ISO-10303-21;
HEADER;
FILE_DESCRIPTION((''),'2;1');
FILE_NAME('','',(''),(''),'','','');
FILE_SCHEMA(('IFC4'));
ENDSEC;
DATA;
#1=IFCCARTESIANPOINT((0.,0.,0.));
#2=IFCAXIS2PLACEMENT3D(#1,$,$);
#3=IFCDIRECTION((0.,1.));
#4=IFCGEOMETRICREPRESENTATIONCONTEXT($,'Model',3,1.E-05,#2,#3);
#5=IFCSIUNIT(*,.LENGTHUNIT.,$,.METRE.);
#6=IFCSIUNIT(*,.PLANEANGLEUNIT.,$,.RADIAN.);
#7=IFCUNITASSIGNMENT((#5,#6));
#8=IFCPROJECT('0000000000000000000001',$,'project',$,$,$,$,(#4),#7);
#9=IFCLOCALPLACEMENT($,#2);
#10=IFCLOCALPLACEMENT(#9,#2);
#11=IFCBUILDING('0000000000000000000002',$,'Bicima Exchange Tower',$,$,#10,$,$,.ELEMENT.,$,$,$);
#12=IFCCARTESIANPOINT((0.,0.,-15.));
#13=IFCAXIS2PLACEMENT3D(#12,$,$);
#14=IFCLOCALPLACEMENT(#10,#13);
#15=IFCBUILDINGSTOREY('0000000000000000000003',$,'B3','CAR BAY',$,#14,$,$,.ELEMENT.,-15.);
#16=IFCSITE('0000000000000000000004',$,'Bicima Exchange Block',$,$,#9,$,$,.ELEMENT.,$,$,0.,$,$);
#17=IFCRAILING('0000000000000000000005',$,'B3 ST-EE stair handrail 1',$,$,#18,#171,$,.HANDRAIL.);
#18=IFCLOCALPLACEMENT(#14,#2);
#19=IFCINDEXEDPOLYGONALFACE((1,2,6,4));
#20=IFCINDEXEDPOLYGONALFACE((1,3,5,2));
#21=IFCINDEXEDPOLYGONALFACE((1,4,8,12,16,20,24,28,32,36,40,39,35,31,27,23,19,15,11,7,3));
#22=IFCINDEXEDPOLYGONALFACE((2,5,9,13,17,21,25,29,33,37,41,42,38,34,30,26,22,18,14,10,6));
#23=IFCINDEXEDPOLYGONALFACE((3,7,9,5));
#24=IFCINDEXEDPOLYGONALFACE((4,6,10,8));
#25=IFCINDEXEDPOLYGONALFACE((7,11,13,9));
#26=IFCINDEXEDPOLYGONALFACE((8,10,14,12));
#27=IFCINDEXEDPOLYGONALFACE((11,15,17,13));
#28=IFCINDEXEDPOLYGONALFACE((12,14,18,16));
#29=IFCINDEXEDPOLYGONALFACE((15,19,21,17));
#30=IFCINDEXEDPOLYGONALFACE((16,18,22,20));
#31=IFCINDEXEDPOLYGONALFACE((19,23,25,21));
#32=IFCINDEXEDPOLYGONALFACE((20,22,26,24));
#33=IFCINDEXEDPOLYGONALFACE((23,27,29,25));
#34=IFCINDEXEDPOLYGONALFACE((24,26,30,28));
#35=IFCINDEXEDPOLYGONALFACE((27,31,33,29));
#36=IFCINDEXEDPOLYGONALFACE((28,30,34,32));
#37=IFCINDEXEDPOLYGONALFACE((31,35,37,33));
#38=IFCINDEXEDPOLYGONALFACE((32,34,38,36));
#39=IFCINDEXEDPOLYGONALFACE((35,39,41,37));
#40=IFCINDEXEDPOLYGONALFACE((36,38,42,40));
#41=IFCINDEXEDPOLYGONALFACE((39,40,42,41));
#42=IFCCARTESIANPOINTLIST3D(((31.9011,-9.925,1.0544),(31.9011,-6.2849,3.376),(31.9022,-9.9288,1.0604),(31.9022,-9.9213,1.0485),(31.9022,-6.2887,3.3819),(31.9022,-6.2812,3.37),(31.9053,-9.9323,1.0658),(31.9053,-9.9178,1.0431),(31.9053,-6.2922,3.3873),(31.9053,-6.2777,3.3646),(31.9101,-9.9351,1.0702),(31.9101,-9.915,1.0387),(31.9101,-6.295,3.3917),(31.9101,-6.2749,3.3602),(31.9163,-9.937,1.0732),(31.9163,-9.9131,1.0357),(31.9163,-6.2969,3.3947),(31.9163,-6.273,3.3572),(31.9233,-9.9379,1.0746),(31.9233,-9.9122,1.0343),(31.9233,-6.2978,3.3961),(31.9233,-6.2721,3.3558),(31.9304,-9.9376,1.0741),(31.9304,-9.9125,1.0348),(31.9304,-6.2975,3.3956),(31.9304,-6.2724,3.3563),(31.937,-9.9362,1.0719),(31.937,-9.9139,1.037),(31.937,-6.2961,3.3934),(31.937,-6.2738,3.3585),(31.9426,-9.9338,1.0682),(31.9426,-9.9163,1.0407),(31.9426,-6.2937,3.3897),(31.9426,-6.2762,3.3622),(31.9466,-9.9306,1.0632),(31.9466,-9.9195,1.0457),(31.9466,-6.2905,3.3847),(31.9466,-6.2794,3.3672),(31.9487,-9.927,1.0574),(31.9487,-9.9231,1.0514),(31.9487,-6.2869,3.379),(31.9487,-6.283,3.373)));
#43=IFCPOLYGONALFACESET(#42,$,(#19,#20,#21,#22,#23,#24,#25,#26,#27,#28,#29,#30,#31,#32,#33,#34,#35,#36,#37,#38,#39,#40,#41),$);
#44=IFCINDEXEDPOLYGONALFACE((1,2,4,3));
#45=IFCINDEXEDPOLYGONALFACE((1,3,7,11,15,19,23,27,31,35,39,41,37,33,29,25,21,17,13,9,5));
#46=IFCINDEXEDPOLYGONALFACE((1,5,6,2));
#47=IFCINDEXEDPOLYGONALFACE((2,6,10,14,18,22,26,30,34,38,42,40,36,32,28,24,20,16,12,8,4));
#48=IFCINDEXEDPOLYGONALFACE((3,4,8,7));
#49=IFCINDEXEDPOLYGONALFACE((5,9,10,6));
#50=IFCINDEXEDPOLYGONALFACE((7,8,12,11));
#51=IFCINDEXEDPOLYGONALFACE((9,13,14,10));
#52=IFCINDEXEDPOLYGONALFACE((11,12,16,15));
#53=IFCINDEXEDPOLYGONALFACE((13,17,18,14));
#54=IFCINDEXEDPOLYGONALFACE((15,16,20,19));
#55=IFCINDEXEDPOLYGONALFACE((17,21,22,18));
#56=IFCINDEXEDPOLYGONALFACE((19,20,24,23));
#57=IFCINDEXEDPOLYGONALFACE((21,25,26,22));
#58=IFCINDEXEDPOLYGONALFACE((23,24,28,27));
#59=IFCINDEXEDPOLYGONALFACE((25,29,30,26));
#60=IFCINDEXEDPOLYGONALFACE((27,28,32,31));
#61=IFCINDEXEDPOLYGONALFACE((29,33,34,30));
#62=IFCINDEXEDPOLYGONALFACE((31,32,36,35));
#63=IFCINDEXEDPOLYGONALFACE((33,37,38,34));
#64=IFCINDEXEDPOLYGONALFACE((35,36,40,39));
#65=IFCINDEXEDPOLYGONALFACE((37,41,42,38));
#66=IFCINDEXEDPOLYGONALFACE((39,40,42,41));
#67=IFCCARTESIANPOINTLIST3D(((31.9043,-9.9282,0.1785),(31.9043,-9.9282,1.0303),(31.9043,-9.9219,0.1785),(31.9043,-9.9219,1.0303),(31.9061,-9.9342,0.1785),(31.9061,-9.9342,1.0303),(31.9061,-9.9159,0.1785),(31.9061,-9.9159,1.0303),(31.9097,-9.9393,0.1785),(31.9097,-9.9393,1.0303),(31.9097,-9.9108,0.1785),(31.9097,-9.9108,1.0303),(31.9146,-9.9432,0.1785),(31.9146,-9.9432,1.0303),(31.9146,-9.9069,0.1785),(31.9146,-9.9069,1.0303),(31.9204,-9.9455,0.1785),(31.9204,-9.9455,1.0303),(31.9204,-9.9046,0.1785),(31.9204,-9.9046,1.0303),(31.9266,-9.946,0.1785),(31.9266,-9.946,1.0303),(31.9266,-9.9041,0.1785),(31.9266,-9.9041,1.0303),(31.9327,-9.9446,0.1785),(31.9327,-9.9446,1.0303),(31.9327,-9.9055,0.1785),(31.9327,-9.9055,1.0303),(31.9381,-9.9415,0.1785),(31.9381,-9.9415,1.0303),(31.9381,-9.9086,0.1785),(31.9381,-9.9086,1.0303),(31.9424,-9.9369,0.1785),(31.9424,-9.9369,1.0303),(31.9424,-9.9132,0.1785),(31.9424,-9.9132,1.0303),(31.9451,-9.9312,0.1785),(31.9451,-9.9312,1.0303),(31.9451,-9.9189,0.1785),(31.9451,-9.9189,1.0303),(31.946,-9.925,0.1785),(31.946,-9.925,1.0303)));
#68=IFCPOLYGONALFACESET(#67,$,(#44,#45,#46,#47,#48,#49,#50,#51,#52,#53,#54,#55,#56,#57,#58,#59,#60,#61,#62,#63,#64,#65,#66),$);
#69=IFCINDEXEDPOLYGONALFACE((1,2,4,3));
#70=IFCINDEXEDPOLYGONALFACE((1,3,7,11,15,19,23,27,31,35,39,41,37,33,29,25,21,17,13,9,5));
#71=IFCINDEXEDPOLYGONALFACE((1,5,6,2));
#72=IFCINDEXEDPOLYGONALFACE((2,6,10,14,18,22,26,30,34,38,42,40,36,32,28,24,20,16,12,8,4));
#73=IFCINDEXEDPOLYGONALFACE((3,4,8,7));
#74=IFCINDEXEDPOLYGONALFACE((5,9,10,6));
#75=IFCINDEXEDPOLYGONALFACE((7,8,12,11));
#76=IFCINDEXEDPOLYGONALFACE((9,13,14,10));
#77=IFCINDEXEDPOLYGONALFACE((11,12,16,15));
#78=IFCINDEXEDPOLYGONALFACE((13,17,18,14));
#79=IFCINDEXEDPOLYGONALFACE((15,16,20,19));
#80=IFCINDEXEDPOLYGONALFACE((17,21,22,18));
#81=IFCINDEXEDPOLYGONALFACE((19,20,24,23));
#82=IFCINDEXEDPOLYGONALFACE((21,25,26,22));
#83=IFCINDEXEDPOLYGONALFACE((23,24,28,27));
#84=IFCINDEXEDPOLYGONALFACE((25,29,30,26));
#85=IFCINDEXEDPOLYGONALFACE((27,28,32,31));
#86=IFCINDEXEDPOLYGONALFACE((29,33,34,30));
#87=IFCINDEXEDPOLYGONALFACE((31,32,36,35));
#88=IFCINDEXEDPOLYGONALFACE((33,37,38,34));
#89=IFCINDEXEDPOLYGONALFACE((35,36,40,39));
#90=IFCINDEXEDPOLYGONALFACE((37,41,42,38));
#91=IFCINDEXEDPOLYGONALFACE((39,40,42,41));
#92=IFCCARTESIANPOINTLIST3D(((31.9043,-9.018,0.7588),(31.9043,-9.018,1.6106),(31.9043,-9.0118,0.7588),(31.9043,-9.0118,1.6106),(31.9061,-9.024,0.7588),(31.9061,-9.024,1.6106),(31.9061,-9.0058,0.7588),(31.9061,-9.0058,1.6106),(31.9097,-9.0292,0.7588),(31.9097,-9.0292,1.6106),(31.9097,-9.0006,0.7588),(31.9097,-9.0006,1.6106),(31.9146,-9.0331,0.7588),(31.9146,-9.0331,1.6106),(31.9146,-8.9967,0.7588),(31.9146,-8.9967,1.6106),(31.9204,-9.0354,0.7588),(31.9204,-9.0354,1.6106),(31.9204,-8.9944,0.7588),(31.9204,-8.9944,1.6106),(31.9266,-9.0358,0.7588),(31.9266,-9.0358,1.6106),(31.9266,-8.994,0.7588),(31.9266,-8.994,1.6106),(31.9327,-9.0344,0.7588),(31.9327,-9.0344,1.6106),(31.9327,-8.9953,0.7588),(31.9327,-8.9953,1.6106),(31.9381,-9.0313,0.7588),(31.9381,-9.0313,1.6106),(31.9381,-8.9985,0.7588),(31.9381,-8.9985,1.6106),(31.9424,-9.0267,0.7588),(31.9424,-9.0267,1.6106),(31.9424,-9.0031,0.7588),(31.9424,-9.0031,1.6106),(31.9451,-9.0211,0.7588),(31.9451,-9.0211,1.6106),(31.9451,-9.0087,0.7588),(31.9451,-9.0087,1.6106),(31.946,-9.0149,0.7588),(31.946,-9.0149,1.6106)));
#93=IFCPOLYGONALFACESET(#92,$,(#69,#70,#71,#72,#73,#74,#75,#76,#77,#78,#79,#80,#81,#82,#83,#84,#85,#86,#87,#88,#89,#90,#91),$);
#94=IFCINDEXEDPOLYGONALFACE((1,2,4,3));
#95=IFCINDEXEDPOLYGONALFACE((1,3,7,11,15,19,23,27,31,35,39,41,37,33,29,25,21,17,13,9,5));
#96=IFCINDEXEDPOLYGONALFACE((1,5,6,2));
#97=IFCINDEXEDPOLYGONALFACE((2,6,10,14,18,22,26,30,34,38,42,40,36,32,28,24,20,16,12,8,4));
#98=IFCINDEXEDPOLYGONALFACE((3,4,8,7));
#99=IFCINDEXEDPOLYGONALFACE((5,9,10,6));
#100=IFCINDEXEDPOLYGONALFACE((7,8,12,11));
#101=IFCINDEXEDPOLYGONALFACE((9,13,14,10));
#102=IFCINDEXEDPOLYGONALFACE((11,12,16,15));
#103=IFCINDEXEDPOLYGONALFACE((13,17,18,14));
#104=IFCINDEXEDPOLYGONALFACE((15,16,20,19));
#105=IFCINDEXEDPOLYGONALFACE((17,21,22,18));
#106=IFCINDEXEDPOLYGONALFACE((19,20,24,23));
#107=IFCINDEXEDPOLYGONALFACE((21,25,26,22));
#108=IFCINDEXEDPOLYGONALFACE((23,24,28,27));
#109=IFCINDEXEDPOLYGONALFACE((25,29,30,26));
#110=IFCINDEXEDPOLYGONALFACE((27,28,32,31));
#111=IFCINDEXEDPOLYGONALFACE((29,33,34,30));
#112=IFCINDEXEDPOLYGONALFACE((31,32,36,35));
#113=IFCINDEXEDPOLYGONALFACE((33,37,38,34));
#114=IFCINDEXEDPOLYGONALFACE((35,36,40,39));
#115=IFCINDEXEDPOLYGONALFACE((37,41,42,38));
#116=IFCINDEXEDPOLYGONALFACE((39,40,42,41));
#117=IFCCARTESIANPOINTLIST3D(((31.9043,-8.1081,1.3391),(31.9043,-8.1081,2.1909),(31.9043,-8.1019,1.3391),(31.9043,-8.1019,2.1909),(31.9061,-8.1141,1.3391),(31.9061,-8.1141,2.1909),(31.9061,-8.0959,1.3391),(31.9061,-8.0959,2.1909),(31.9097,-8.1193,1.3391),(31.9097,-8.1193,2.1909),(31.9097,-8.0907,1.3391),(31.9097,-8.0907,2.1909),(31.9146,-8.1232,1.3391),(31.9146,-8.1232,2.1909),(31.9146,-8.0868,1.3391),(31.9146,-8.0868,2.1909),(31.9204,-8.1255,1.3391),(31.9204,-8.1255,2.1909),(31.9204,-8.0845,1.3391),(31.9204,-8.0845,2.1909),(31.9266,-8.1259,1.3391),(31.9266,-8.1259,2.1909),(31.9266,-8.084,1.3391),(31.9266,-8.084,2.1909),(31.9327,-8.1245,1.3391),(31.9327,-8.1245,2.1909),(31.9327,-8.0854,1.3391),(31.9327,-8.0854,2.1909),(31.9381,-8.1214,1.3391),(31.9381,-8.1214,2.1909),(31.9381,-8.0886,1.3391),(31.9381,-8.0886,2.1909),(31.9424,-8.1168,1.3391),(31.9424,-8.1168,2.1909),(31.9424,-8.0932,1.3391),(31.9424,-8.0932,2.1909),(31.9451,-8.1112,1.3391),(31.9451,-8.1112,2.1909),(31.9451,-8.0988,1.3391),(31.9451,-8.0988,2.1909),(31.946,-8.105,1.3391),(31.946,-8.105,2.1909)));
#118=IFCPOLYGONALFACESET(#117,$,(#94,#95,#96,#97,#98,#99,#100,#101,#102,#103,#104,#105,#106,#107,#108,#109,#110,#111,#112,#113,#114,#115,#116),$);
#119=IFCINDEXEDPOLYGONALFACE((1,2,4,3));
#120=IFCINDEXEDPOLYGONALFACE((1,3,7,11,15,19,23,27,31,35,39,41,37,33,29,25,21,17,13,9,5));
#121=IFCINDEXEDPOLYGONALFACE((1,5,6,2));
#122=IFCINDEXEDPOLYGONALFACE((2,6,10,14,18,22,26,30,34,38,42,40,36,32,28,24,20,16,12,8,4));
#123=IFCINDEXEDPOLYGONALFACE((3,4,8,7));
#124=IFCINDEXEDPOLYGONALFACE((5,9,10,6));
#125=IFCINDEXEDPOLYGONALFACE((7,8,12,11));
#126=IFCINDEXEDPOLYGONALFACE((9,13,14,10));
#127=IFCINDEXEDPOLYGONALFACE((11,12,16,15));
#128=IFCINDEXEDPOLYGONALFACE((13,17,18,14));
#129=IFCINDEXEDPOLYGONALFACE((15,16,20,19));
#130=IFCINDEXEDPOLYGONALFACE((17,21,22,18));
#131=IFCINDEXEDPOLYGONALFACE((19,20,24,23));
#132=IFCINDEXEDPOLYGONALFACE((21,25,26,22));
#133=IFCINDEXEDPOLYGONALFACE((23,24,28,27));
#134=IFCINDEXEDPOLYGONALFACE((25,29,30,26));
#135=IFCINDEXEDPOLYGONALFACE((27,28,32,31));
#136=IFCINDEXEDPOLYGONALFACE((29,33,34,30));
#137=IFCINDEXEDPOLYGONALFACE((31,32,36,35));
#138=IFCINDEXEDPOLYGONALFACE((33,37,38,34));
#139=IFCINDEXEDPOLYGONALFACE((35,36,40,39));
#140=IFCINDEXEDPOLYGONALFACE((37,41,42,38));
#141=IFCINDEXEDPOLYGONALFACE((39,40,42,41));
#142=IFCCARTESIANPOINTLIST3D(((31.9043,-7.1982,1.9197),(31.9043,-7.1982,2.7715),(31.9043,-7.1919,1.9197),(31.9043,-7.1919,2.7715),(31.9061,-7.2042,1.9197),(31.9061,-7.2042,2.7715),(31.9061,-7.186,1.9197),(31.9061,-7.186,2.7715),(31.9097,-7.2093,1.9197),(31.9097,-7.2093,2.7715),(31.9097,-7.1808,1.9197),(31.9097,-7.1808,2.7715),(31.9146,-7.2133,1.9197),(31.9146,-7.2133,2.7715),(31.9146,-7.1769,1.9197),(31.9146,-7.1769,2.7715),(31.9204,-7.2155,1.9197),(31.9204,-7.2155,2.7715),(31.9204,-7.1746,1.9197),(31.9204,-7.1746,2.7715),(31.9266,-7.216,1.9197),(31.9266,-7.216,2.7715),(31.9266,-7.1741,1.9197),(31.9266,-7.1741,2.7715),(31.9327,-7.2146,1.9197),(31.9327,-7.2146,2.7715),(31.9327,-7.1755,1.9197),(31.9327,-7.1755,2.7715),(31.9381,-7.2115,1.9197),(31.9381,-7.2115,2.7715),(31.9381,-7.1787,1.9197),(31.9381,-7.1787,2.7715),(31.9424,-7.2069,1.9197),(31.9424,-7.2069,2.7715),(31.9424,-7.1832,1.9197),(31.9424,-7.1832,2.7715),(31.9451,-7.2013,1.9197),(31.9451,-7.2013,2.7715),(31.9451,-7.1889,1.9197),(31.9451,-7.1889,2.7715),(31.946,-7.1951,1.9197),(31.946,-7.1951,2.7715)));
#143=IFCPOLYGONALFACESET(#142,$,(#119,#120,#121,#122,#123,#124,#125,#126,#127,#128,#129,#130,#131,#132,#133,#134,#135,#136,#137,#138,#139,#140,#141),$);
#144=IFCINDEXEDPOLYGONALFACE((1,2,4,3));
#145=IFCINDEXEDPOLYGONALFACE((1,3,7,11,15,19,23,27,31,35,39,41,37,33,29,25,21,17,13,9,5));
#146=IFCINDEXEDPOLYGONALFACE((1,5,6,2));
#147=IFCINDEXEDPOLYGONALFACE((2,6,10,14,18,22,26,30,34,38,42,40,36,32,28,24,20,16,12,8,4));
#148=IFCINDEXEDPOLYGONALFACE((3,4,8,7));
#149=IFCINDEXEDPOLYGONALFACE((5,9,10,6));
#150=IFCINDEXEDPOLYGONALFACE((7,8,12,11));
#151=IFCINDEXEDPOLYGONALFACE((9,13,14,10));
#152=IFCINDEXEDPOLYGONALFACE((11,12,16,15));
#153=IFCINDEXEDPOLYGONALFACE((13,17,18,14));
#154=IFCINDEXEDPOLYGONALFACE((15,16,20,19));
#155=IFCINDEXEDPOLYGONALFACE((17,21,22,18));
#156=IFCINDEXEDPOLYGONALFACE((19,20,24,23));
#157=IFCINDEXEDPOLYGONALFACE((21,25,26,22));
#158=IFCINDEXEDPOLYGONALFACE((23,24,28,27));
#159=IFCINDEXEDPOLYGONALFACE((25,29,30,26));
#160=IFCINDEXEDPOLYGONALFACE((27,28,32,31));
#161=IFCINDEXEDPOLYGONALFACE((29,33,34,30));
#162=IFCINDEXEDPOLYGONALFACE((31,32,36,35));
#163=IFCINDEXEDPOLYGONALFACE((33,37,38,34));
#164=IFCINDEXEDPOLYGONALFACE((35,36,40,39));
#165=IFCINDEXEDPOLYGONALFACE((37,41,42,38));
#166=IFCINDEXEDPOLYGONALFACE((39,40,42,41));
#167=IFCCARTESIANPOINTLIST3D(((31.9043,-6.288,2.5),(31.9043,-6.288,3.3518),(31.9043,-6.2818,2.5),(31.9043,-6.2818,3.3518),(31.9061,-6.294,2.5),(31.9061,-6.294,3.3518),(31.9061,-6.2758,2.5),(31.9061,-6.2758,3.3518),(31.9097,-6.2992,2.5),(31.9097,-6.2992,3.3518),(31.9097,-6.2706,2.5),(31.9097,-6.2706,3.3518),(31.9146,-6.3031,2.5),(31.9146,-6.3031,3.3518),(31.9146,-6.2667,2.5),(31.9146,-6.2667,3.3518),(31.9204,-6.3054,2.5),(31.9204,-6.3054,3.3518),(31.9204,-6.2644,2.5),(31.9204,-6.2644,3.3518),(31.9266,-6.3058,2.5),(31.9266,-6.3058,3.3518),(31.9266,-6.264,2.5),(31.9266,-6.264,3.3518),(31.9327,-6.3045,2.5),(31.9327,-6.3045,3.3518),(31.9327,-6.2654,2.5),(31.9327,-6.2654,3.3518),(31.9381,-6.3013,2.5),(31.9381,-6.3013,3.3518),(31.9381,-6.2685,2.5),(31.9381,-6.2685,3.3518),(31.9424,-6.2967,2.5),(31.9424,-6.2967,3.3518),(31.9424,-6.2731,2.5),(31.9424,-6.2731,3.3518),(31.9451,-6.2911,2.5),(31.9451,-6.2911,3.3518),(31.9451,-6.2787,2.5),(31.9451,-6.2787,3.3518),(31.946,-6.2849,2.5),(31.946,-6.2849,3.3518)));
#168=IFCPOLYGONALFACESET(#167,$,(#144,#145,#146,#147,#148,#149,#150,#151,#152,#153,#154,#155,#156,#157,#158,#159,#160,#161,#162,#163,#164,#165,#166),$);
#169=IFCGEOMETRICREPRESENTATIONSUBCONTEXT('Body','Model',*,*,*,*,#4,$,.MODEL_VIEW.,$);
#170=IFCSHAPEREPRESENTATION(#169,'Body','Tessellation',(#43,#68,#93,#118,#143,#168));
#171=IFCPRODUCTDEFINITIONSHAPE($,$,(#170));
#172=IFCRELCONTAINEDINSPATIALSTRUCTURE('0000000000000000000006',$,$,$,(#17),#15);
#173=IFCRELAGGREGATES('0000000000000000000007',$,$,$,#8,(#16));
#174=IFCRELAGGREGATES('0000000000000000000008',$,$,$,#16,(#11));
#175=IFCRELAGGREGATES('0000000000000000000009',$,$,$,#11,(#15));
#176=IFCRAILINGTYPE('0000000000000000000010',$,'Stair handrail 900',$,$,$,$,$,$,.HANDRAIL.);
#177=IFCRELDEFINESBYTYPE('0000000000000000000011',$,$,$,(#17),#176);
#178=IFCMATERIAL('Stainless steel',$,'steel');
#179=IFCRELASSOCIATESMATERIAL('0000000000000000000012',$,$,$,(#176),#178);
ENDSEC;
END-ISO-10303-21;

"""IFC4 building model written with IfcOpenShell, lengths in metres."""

from ifc_helpers import new_model, si_unit, direction, frame, origin, origin_2d, place, context, subcontext, project, spatial, circle, extrude, material, type_object, element, save


model = new_model("IFC4")

# Units and contexts
model_context = context("Model", 3, precision=1e-05, world=origin(), true_north=direction((0.0, 1.0)))
body_context = subcontext(model_context, "Body", "Model", "MODEL_VIEW")
ifc_project = project(units=[si_unit("LENGTHUNIT", "METRE"), si_unit("PLANEANGLEUNIT", "RADIAN")], contexts=[model_context])

# Site, building, storey
site_placement = place(None, origin())
site = spatial("IfcSite", under=ifc_project, at=site_placement, Name="Bicima Exchange Block", CompositionType="ELEMENT", RefElevation=0.0)
building_placement = place(site_placement, origin())
building = spatial("IfcBuilding", under=site, at=building_placement, Name="Bicima Exchange Tower", CompositionType="ELEMENT")
storey_placement = place(building_placement, frame((0.0, 0.0, -15.0)))
storey = spatial("IfcBuildingStorey", under=building, at=storey_placement, Name="B3", Description="CAR BAY", CompositionType="ELEMENT", Elevation=-15.0)

# Railing
ifc_material_1 = material(Name="Stainless steel", Category="steel")
railing_type = type_object("IfcRailingType", Name="Stair handrail 900", PredefinedType="HANDRAIL", material=ifc_material_1)
railing_placement = place(storey_placement, frame((31.925, -9.925, 0.1785)))
element("IfcRailing", 1, at=railing_placement, inside=storey, type_object=railing_type, Name="B3 ST-EE stair handrail 1", PredefinedType="HANDRAIL", context=body_context, shape_type="SweptSolid", body=[
    extrude(circle(Radius=0.0239, at=origin_2d()), frame((0.0, 0.0, 0.876), z_axis=(0.0, 0.843128, 0.537713), x_axis=(-1.0, 0.0, 0.0)), (0.0, 0.0, 1.0), 4.3174),
    extrude(circle(Radius=0.021, at=origin_2d()), origin(), (0.0, 0.0, 1.0), 0.8518),
    extrude(circle(Radius=0.021, at=origin_2d()), frame((0.0, 0.9102, 0.5803)), (0.0, 0.0, 1.0), 0.8518),
    extrude(circle(Radius=0.021, at=origin_2d()), frame((0.0, 1.8201, 1.1606)), (0.0, 0.0, 1.0), 0.8518),
    extrude(circle(Radius=0.021, at=origin_2d()), frame((0.0, 2.73, 1.7412)), (0.0, 0.0, 1.0), 0.8518),
    extrude(circle(Radius=0.021, at=origin_2d()), frame((0.0, 3.6401, 2.3215)), (0.0, 0.0, 1.0), 0.8518),
])

save(model, "model.ifc")
